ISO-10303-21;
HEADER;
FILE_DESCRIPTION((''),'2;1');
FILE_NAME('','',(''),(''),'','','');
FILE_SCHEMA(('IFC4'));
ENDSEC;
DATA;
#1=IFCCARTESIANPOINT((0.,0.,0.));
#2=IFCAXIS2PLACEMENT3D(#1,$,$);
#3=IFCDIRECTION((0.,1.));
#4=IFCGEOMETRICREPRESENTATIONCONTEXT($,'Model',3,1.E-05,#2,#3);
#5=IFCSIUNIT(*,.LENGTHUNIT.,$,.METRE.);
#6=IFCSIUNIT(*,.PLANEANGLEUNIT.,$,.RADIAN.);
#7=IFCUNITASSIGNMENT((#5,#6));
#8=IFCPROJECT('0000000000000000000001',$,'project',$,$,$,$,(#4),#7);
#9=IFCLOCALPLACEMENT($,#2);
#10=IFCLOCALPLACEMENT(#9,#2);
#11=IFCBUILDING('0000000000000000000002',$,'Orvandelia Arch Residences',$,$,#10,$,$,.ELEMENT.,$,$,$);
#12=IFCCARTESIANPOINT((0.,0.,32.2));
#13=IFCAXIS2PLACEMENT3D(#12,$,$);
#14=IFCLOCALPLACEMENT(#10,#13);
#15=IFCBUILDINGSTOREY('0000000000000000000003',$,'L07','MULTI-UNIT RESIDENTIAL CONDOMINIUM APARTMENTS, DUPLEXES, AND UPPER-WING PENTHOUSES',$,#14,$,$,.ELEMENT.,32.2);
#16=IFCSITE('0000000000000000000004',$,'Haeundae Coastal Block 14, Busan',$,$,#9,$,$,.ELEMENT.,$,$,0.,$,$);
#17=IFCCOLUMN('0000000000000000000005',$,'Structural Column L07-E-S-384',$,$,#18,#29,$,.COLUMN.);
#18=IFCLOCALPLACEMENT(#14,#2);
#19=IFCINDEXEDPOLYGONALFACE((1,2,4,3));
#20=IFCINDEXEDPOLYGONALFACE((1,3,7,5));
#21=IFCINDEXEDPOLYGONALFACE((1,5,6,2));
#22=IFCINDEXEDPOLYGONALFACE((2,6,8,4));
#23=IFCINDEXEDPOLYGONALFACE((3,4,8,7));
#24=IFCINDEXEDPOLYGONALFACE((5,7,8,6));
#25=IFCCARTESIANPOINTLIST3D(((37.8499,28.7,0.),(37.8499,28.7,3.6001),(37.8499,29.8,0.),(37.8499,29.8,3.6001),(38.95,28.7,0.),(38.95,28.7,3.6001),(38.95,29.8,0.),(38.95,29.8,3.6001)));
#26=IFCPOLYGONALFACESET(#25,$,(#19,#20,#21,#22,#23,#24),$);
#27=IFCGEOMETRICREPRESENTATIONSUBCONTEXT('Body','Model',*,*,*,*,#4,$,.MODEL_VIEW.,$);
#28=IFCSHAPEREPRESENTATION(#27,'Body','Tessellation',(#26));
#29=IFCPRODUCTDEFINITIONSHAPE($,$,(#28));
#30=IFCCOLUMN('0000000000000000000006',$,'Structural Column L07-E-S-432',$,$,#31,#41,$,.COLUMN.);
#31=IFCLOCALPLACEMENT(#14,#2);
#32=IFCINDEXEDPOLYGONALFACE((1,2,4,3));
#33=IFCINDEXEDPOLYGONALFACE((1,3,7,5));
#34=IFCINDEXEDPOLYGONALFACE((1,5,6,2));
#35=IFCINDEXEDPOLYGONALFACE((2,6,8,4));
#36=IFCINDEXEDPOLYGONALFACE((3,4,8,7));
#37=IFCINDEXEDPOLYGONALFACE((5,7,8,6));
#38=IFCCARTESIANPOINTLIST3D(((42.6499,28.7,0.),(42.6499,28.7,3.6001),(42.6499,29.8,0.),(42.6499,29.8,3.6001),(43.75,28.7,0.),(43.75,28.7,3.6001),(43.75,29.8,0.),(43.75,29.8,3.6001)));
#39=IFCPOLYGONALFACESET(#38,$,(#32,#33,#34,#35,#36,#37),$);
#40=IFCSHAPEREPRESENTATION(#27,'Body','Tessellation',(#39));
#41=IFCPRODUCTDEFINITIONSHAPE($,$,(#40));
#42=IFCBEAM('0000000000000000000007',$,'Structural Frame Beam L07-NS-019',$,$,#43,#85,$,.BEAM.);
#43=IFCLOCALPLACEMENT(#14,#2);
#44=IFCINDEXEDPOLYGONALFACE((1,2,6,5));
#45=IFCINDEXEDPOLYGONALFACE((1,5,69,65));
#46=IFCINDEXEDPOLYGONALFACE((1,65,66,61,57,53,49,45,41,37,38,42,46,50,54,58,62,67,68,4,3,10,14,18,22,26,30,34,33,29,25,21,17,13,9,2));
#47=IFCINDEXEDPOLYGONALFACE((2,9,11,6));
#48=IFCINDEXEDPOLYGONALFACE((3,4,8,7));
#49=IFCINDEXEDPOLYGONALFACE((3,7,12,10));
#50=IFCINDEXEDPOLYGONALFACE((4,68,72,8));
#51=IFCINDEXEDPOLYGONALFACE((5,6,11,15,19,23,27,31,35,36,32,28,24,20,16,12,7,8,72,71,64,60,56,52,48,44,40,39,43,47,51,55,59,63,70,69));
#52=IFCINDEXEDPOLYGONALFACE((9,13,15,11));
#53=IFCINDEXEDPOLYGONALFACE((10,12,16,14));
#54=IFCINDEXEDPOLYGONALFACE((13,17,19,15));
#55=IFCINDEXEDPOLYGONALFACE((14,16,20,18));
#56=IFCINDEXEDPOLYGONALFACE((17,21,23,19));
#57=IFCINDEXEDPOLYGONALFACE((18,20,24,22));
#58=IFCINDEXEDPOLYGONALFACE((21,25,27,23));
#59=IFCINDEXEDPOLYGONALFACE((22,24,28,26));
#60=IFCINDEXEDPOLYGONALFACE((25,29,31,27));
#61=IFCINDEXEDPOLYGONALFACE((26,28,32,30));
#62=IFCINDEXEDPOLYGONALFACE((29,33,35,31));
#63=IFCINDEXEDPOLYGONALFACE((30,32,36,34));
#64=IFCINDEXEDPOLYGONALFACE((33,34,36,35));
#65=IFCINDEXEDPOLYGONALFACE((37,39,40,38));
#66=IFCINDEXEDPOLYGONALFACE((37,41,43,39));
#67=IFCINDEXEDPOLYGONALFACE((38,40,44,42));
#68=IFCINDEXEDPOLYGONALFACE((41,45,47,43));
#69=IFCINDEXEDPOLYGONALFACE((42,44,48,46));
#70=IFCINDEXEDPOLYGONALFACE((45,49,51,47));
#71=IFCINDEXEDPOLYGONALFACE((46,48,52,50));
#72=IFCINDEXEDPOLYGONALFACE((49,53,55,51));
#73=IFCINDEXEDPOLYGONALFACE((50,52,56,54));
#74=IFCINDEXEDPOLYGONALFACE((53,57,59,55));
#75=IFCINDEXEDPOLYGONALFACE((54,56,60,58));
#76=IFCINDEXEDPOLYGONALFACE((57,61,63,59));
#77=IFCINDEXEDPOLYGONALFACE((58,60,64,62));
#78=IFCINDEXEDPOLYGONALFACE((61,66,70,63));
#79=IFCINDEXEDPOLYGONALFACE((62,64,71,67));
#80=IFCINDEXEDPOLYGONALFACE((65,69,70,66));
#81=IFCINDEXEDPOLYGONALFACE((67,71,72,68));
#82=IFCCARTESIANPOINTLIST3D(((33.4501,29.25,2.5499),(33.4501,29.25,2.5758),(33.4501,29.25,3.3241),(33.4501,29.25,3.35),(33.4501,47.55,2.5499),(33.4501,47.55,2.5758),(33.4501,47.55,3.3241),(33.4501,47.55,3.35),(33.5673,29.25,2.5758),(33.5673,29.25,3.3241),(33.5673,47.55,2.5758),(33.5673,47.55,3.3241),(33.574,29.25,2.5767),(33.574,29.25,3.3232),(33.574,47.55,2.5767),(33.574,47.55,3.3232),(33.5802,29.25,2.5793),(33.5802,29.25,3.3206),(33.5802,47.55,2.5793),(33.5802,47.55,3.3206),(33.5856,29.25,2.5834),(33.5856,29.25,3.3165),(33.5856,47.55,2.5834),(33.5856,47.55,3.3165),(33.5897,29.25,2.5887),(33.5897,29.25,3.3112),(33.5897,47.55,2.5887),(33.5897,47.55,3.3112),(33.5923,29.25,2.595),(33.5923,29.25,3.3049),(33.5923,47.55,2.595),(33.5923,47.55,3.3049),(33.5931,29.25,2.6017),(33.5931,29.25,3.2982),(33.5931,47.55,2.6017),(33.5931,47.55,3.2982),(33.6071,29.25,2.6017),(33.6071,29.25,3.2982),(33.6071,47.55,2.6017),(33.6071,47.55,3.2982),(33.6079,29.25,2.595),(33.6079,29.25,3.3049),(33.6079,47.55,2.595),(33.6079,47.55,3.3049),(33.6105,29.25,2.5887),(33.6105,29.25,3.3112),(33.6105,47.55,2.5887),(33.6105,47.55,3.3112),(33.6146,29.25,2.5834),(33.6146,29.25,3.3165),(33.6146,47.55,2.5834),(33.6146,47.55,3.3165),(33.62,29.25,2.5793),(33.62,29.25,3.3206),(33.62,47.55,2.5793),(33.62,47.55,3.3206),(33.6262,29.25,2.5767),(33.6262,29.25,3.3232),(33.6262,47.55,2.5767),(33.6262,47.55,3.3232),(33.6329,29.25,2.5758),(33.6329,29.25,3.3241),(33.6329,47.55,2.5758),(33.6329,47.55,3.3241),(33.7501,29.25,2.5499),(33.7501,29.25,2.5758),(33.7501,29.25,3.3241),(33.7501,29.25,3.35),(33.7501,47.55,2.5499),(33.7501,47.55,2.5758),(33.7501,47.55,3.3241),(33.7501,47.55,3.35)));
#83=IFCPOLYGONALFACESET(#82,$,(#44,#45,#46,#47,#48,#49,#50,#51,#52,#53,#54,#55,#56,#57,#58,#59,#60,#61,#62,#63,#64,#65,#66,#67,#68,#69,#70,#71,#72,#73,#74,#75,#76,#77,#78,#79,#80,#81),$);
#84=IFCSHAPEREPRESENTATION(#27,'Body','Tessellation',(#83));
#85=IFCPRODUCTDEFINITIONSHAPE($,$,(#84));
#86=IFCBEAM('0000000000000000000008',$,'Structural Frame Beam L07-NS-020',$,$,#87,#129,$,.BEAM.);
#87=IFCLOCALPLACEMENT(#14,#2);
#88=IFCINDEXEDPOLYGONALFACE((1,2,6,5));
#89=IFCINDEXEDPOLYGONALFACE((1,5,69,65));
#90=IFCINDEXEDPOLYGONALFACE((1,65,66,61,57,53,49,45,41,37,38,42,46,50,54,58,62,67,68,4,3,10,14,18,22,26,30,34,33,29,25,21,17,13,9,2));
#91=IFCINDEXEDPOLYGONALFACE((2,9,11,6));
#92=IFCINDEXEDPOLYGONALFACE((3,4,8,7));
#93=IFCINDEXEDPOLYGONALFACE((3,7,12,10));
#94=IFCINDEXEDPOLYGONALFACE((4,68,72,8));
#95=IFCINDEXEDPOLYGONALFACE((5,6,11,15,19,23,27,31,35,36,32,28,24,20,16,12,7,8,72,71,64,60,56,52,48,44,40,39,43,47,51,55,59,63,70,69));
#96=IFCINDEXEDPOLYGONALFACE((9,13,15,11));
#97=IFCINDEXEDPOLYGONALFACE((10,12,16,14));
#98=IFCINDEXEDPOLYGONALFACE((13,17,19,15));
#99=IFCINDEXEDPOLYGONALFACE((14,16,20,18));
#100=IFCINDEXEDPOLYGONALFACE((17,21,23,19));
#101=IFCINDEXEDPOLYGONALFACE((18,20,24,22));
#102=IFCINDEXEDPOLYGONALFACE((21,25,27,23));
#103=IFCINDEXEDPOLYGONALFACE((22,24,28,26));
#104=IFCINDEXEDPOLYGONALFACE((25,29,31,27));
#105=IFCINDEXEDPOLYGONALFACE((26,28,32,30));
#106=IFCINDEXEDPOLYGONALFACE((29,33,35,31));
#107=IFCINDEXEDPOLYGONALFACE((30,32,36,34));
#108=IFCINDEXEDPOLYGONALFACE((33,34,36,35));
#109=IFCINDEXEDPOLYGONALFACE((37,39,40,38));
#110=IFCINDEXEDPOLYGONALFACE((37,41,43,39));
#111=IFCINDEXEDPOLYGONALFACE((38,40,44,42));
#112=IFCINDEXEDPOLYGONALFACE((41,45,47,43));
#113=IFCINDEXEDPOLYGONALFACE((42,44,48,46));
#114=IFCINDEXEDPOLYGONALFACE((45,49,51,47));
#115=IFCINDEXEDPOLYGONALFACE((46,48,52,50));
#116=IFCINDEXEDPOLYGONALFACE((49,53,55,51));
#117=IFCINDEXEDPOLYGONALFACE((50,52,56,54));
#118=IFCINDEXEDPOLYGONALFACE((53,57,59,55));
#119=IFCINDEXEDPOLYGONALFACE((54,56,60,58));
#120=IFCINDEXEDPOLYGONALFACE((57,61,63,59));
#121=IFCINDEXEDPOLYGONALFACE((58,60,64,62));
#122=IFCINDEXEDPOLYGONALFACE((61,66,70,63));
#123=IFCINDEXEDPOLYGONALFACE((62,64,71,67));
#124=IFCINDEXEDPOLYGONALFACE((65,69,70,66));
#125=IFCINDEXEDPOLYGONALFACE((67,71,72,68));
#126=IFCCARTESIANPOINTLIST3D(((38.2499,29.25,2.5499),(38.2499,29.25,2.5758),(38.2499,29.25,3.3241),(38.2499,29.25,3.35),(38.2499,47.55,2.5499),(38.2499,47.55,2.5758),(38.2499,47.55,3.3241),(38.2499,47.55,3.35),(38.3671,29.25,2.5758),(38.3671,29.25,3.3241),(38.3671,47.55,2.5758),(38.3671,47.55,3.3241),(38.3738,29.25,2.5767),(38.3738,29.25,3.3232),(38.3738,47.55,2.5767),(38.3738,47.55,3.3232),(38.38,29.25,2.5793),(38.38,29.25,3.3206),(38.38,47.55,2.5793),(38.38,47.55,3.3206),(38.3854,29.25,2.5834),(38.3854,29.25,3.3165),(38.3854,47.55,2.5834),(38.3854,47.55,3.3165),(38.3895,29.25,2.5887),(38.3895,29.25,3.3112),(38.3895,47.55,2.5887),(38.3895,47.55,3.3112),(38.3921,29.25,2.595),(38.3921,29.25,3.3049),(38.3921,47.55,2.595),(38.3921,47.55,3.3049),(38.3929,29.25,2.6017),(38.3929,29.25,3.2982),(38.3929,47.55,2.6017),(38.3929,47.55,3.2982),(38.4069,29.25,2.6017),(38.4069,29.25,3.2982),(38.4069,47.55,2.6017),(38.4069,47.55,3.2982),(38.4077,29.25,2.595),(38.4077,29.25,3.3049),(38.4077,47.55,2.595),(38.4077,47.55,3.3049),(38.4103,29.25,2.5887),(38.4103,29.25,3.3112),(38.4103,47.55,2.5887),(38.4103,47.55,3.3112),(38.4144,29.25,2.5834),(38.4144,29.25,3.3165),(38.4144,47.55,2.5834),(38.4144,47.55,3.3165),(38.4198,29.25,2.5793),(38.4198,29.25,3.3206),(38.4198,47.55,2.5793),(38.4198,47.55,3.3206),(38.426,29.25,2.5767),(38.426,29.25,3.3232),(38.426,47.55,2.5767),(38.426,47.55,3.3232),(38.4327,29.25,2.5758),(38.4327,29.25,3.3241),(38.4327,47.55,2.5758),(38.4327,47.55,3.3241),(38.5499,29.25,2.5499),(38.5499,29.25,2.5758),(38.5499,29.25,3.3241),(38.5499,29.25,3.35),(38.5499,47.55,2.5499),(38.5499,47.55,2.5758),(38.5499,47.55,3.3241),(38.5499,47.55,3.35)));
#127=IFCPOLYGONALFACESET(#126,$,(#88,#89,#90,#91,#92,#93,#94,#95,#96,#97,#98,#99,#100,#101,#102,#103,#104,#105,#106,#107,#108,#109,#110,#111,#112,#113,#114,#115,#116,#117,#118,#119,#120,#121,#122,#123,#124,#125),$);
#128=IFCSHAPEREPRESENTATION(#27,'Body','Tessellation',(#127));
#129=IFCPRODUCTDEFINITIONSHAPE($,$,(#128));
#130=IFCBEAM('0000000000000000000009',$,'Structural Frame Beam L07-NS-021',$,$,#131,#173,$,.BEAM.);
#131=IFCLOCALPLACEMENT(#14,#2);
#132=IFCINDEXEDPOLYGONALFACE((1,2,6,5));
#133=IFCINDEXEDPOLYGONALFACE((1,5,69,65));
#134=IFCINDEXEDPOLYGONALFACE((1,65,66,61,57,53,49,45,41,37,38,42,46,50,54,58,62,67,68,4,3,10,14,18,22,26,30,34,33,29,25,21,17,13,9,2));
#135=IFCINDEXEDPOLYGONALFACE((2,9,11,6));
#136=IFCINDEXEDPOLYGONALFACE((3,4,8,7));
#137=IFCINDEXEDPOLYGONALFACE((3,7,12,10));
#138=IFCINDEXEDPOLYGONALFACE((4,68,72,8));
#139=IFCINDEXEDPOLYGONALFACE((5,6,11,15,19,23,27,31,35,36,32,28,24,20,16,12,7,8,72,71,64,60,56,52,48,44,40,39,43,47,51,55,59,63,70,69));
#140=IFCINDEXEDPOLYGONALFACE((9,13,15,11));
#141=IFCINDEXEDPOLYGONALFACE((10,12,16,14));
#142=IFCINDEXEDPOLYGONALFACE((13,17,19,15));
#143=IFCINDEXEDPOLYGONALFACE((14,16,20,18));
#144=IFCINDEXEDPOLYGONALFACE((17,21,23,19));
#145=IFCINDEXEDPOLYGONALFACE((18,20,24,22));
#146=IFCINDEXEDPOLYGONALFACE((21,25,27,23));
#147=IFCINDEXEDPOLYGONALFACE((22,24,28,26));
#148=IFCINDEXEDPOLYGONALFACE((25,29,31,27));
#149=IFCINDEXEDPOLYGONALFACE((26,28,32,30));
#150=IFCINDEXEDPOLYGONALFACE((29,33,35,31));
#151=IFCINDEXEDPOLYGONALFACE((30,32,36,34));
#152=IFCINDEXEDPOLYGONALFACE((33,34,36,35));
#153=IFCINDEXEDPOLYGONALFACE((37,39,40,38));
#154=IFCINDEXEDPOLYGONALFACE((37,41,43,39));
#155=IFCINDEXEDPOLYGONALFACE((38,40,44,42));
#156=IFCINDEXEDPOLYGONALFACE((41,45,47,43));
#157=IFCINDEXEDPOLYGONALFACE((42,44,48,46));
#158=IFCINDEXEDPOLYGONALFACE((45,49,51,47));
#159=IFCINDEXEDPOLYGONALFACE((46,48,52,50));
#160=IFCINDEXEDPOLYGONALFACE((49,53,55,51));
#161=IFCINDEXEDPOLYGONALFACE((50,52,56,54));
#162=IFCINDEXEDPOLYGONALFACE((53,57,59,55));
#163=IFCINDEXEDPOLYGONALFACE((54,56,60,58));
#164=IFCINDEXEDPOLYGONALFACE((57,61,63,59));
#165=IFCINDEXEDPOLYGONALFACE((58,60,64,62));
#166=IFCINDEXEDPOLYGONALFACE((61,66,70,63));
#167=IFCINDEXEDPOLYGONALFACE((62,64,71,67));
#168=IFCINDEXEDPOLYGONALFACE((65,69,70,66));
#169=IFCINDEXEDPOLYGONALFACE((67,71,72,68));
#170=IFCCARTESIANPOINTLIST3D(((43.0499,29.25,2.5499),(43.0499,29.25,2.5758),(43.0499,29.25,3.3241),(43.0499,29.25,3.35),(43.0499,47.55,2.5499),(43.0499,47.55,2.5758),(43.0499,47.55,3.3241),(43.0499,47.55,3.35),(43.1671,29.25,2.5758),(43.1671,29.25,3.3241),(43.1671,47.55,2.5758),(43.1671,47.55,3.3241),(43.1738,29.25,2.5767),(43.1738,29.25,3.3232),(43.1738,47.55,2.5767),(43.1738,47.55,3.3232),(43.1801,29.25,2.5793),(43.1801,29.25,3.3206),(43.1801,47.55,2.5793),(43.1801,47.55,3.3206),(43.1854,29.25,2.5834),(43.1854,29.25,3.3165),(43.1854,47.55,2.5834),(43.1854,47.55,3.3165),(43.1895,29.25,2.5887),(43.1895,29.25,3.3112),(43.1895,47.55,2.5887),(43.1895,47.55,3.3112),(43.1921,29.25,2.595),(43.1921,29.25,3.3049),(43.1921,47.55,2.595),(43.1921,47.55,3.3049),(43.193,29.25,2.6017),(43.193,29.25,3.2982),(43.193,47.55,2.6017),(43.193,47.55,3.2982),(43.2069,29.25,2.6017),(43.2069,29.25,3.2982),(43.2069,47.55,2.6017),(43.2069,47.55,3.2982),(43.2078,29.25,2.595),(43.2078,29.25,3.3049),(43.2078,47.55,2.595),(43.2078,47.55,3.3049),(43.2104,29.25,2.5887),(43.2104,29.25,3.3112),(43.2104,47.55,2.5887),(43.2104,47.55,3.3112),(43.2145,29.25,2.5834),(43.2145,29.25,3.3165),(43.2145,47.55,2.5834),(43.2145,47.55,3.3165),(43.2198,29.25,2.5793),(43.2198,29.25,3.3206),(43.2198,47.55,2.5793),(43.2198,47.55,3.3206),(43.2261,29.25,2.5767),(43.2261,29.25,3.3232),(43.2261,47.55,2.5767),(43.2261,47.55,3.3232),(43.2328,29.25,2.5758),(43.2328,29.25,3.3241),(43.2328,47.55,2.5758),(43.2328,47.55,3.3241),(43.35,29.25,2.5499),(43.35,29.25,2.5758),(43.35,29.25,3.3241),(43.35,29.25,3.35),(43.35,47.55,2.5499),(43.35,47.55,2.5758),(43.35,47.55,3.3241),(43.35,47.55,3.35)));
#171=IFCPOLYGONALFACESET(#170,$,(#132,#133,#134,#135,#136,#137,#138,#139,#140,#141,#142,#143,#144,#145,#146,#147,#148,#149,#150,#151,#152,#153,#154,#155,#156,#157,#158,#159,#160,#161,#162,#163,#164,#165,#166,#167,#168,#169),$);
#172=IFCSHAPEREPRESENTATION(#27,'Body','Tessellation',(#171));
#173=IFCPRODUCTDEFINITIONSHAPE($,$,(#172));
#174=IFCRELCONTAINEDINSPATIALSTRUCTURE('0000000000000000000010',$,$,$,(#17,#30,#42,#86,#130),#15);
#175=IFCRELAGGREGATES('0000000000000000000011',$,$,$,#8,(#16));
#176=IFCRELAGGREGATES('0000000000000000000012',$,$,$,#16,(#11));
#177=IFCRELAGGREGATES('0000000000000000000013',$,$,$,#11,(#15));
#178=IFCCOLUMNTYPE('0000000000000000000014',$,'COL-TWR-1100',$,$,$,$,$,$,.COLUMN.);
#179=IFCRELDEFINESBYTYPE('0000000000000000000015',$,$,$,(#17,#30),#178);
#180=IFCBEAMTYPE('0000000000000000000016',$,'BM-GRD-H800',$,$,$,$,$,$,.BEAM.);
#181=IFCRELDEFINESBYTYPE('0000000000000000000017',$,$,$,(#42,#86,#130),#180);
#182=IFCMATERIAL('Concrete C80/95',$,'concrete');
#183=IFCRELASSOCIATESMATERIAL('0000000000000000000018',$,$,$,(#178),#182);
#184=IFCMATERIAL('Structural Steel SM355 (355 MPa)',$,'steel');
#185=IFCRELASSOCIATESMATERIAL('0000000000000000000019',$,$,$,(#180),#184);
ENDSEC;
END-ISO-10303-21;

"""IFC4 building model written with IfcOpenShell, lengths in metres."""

from ifc_helpers import new_model, si_unit, direction, frame, origin, origin_2d, place, context, subcontext, project, spatial, rectangle, i_section, extrude, material, material_profile, profile_set, type_object, element, save


model = new_model("IFC4")

# Units and contexts
model_context = context("Model", 3, precision=1e-05, world=origin(), true_north=direction((0.0, 1.0)))
body_context = subcontext(model_context, "Body", "Model", "MODEL_VIEW")
ifc_project = project(units=[si_unit("LENGTHUNIT", "METRE"), si_unit("PLANEANGLEUNIT", "RADIAN")], contexts=[model_context])

# Site, building, storey
site_placement = place(None, origin())
site = spatial("IfcSite", under=ifc_project, at=site_placement, Name="Haeundae Coastal Block 14, Busan", CompositionType="ELEMENT", RefElevation=0.0)
building_placement = place(site_placement, origin())
building = spatial("IfcBuilding", under=site, at=building_placement, Name="Orvandelia Arch Residences", CompositionType="ELEMENT")
storey_placement = place(building_placement, frame((0.0, 0.0, 32.2)))
storey = spatial("IfcBuildingStorey", under=building, at=storey_placement, Name="L07", Description="MULTI-UNIT RESIDENTIAL CONDOMINIUM APARTMENTS, DUPLEXES, AND UPPER-WING PENTHOUSES", CompositionType="ELEMENT", Elevation=32.2)

# Columns
ifc_material_1 = material(Name="Concrete C80/95", Category="concrete")
ifc_material_profile_1 = material_profile(ifc_material_1, rectangle(XDim=1.1001, YDim=1.1001, at=origin_2d()), Name="Concrete C80/95", Category="concrete")
ifc_profile_set_1 = profile_set([ifc_material_profile_1], Name="Concrete C80/95")
column_type = type_object("IfcColumnType", Name="COL-TWR-1100", PredefinedType="COLUMN", material=ifc_profile_set_1)
for number, where, z_axis, x_axis, name in (
    (1, (38.3999, 29.25, 0.0), (0.0, 0.0, 1.0), (1.0, 0.0, 0.0), "Structural Column L07-E-S-384"),
    (2, (43.2, 29.25, 0.0), (0.0, 0.0, 1.0), (1.0, 0.0, 0.0), "Structural Column L07-E-S-432"),
):
    element("IfcColumn", number, at=place(storey_placement, frame(where, z_axis=z_axis, x_axis=x_axis)), inside=storey, type_object=column_type, Name=name, PredefinedType="COLUMN", context=body_context, shape_type="SweptSolid", body=[
        extrude(rectangle(XDim=1.1001, YDim=1.1001, at=origin_2d()), origin(), (0.0, 0.0, 1.0), 3.6001),
    ])

# Beams
ifc_material_2 = material(Name="Structural Steel SM355 (355 MPa)", Category="steel")
ifc_material_profile_2 = material_profile(ifc_material_2, i_section(OverallWidth=0.3, OverallDepth=0.8, WebThickness=0.0139, FlangeThickness=0.0259, FilletRadius=0.0259, at=origin_2d()), Name="Structural Steel SM355 (355 MPa)", Category="steel")
ifc_profile_set_2 = profile_set([ifc_material_profile_2], Name="Structural Steel SM355 (355 MPa)")
beam_type = type_object("IfcBeamType", Name="BM-GRD-H800", PredefinedType="BEAM", material=ifc_profile_set_2)
for number, where, z_axis, x_axis, name in (
    (3, (33.6001, 29.25, 2.95), (0.0, 1.0, 0.0), (-1.0, 0.0, 0.0), "Structural Frame Beam L07-NS-019"),
    (4, (38.3999, 29.25, 2.95), (0.0, 1.0, 0.0), (-1.0, 0.0, 0.0), "Structural Frame Beam L07-NS-020"),
    (5, (43.2, 29.25, 2.95), (0.0, 1.0, 0.0), (-1.0, 0.0, 0.0), "Structural Frame Beam L07-NS-021"),
):
    element("IfcBeam", number, at=place(storey_placement, frame(where, z_axis=z_axis, x_axis=x_axis)), inside=storey, type_object=beam_type, Name=name, PredefinedType="BEAM", context=body_context, shape_type="SweptSolid", body=[
        extrude(i_section(OverallWidth=0.3, OverallDepth=0.8, WebThickness=0.0139, FlangeThickness=0.0259, FilletRadius=0.0259, at=origin_2d()), origin(), (0.0, 0.0, 1.0), 18.3),
    ])

save(model, "model.ifc")
